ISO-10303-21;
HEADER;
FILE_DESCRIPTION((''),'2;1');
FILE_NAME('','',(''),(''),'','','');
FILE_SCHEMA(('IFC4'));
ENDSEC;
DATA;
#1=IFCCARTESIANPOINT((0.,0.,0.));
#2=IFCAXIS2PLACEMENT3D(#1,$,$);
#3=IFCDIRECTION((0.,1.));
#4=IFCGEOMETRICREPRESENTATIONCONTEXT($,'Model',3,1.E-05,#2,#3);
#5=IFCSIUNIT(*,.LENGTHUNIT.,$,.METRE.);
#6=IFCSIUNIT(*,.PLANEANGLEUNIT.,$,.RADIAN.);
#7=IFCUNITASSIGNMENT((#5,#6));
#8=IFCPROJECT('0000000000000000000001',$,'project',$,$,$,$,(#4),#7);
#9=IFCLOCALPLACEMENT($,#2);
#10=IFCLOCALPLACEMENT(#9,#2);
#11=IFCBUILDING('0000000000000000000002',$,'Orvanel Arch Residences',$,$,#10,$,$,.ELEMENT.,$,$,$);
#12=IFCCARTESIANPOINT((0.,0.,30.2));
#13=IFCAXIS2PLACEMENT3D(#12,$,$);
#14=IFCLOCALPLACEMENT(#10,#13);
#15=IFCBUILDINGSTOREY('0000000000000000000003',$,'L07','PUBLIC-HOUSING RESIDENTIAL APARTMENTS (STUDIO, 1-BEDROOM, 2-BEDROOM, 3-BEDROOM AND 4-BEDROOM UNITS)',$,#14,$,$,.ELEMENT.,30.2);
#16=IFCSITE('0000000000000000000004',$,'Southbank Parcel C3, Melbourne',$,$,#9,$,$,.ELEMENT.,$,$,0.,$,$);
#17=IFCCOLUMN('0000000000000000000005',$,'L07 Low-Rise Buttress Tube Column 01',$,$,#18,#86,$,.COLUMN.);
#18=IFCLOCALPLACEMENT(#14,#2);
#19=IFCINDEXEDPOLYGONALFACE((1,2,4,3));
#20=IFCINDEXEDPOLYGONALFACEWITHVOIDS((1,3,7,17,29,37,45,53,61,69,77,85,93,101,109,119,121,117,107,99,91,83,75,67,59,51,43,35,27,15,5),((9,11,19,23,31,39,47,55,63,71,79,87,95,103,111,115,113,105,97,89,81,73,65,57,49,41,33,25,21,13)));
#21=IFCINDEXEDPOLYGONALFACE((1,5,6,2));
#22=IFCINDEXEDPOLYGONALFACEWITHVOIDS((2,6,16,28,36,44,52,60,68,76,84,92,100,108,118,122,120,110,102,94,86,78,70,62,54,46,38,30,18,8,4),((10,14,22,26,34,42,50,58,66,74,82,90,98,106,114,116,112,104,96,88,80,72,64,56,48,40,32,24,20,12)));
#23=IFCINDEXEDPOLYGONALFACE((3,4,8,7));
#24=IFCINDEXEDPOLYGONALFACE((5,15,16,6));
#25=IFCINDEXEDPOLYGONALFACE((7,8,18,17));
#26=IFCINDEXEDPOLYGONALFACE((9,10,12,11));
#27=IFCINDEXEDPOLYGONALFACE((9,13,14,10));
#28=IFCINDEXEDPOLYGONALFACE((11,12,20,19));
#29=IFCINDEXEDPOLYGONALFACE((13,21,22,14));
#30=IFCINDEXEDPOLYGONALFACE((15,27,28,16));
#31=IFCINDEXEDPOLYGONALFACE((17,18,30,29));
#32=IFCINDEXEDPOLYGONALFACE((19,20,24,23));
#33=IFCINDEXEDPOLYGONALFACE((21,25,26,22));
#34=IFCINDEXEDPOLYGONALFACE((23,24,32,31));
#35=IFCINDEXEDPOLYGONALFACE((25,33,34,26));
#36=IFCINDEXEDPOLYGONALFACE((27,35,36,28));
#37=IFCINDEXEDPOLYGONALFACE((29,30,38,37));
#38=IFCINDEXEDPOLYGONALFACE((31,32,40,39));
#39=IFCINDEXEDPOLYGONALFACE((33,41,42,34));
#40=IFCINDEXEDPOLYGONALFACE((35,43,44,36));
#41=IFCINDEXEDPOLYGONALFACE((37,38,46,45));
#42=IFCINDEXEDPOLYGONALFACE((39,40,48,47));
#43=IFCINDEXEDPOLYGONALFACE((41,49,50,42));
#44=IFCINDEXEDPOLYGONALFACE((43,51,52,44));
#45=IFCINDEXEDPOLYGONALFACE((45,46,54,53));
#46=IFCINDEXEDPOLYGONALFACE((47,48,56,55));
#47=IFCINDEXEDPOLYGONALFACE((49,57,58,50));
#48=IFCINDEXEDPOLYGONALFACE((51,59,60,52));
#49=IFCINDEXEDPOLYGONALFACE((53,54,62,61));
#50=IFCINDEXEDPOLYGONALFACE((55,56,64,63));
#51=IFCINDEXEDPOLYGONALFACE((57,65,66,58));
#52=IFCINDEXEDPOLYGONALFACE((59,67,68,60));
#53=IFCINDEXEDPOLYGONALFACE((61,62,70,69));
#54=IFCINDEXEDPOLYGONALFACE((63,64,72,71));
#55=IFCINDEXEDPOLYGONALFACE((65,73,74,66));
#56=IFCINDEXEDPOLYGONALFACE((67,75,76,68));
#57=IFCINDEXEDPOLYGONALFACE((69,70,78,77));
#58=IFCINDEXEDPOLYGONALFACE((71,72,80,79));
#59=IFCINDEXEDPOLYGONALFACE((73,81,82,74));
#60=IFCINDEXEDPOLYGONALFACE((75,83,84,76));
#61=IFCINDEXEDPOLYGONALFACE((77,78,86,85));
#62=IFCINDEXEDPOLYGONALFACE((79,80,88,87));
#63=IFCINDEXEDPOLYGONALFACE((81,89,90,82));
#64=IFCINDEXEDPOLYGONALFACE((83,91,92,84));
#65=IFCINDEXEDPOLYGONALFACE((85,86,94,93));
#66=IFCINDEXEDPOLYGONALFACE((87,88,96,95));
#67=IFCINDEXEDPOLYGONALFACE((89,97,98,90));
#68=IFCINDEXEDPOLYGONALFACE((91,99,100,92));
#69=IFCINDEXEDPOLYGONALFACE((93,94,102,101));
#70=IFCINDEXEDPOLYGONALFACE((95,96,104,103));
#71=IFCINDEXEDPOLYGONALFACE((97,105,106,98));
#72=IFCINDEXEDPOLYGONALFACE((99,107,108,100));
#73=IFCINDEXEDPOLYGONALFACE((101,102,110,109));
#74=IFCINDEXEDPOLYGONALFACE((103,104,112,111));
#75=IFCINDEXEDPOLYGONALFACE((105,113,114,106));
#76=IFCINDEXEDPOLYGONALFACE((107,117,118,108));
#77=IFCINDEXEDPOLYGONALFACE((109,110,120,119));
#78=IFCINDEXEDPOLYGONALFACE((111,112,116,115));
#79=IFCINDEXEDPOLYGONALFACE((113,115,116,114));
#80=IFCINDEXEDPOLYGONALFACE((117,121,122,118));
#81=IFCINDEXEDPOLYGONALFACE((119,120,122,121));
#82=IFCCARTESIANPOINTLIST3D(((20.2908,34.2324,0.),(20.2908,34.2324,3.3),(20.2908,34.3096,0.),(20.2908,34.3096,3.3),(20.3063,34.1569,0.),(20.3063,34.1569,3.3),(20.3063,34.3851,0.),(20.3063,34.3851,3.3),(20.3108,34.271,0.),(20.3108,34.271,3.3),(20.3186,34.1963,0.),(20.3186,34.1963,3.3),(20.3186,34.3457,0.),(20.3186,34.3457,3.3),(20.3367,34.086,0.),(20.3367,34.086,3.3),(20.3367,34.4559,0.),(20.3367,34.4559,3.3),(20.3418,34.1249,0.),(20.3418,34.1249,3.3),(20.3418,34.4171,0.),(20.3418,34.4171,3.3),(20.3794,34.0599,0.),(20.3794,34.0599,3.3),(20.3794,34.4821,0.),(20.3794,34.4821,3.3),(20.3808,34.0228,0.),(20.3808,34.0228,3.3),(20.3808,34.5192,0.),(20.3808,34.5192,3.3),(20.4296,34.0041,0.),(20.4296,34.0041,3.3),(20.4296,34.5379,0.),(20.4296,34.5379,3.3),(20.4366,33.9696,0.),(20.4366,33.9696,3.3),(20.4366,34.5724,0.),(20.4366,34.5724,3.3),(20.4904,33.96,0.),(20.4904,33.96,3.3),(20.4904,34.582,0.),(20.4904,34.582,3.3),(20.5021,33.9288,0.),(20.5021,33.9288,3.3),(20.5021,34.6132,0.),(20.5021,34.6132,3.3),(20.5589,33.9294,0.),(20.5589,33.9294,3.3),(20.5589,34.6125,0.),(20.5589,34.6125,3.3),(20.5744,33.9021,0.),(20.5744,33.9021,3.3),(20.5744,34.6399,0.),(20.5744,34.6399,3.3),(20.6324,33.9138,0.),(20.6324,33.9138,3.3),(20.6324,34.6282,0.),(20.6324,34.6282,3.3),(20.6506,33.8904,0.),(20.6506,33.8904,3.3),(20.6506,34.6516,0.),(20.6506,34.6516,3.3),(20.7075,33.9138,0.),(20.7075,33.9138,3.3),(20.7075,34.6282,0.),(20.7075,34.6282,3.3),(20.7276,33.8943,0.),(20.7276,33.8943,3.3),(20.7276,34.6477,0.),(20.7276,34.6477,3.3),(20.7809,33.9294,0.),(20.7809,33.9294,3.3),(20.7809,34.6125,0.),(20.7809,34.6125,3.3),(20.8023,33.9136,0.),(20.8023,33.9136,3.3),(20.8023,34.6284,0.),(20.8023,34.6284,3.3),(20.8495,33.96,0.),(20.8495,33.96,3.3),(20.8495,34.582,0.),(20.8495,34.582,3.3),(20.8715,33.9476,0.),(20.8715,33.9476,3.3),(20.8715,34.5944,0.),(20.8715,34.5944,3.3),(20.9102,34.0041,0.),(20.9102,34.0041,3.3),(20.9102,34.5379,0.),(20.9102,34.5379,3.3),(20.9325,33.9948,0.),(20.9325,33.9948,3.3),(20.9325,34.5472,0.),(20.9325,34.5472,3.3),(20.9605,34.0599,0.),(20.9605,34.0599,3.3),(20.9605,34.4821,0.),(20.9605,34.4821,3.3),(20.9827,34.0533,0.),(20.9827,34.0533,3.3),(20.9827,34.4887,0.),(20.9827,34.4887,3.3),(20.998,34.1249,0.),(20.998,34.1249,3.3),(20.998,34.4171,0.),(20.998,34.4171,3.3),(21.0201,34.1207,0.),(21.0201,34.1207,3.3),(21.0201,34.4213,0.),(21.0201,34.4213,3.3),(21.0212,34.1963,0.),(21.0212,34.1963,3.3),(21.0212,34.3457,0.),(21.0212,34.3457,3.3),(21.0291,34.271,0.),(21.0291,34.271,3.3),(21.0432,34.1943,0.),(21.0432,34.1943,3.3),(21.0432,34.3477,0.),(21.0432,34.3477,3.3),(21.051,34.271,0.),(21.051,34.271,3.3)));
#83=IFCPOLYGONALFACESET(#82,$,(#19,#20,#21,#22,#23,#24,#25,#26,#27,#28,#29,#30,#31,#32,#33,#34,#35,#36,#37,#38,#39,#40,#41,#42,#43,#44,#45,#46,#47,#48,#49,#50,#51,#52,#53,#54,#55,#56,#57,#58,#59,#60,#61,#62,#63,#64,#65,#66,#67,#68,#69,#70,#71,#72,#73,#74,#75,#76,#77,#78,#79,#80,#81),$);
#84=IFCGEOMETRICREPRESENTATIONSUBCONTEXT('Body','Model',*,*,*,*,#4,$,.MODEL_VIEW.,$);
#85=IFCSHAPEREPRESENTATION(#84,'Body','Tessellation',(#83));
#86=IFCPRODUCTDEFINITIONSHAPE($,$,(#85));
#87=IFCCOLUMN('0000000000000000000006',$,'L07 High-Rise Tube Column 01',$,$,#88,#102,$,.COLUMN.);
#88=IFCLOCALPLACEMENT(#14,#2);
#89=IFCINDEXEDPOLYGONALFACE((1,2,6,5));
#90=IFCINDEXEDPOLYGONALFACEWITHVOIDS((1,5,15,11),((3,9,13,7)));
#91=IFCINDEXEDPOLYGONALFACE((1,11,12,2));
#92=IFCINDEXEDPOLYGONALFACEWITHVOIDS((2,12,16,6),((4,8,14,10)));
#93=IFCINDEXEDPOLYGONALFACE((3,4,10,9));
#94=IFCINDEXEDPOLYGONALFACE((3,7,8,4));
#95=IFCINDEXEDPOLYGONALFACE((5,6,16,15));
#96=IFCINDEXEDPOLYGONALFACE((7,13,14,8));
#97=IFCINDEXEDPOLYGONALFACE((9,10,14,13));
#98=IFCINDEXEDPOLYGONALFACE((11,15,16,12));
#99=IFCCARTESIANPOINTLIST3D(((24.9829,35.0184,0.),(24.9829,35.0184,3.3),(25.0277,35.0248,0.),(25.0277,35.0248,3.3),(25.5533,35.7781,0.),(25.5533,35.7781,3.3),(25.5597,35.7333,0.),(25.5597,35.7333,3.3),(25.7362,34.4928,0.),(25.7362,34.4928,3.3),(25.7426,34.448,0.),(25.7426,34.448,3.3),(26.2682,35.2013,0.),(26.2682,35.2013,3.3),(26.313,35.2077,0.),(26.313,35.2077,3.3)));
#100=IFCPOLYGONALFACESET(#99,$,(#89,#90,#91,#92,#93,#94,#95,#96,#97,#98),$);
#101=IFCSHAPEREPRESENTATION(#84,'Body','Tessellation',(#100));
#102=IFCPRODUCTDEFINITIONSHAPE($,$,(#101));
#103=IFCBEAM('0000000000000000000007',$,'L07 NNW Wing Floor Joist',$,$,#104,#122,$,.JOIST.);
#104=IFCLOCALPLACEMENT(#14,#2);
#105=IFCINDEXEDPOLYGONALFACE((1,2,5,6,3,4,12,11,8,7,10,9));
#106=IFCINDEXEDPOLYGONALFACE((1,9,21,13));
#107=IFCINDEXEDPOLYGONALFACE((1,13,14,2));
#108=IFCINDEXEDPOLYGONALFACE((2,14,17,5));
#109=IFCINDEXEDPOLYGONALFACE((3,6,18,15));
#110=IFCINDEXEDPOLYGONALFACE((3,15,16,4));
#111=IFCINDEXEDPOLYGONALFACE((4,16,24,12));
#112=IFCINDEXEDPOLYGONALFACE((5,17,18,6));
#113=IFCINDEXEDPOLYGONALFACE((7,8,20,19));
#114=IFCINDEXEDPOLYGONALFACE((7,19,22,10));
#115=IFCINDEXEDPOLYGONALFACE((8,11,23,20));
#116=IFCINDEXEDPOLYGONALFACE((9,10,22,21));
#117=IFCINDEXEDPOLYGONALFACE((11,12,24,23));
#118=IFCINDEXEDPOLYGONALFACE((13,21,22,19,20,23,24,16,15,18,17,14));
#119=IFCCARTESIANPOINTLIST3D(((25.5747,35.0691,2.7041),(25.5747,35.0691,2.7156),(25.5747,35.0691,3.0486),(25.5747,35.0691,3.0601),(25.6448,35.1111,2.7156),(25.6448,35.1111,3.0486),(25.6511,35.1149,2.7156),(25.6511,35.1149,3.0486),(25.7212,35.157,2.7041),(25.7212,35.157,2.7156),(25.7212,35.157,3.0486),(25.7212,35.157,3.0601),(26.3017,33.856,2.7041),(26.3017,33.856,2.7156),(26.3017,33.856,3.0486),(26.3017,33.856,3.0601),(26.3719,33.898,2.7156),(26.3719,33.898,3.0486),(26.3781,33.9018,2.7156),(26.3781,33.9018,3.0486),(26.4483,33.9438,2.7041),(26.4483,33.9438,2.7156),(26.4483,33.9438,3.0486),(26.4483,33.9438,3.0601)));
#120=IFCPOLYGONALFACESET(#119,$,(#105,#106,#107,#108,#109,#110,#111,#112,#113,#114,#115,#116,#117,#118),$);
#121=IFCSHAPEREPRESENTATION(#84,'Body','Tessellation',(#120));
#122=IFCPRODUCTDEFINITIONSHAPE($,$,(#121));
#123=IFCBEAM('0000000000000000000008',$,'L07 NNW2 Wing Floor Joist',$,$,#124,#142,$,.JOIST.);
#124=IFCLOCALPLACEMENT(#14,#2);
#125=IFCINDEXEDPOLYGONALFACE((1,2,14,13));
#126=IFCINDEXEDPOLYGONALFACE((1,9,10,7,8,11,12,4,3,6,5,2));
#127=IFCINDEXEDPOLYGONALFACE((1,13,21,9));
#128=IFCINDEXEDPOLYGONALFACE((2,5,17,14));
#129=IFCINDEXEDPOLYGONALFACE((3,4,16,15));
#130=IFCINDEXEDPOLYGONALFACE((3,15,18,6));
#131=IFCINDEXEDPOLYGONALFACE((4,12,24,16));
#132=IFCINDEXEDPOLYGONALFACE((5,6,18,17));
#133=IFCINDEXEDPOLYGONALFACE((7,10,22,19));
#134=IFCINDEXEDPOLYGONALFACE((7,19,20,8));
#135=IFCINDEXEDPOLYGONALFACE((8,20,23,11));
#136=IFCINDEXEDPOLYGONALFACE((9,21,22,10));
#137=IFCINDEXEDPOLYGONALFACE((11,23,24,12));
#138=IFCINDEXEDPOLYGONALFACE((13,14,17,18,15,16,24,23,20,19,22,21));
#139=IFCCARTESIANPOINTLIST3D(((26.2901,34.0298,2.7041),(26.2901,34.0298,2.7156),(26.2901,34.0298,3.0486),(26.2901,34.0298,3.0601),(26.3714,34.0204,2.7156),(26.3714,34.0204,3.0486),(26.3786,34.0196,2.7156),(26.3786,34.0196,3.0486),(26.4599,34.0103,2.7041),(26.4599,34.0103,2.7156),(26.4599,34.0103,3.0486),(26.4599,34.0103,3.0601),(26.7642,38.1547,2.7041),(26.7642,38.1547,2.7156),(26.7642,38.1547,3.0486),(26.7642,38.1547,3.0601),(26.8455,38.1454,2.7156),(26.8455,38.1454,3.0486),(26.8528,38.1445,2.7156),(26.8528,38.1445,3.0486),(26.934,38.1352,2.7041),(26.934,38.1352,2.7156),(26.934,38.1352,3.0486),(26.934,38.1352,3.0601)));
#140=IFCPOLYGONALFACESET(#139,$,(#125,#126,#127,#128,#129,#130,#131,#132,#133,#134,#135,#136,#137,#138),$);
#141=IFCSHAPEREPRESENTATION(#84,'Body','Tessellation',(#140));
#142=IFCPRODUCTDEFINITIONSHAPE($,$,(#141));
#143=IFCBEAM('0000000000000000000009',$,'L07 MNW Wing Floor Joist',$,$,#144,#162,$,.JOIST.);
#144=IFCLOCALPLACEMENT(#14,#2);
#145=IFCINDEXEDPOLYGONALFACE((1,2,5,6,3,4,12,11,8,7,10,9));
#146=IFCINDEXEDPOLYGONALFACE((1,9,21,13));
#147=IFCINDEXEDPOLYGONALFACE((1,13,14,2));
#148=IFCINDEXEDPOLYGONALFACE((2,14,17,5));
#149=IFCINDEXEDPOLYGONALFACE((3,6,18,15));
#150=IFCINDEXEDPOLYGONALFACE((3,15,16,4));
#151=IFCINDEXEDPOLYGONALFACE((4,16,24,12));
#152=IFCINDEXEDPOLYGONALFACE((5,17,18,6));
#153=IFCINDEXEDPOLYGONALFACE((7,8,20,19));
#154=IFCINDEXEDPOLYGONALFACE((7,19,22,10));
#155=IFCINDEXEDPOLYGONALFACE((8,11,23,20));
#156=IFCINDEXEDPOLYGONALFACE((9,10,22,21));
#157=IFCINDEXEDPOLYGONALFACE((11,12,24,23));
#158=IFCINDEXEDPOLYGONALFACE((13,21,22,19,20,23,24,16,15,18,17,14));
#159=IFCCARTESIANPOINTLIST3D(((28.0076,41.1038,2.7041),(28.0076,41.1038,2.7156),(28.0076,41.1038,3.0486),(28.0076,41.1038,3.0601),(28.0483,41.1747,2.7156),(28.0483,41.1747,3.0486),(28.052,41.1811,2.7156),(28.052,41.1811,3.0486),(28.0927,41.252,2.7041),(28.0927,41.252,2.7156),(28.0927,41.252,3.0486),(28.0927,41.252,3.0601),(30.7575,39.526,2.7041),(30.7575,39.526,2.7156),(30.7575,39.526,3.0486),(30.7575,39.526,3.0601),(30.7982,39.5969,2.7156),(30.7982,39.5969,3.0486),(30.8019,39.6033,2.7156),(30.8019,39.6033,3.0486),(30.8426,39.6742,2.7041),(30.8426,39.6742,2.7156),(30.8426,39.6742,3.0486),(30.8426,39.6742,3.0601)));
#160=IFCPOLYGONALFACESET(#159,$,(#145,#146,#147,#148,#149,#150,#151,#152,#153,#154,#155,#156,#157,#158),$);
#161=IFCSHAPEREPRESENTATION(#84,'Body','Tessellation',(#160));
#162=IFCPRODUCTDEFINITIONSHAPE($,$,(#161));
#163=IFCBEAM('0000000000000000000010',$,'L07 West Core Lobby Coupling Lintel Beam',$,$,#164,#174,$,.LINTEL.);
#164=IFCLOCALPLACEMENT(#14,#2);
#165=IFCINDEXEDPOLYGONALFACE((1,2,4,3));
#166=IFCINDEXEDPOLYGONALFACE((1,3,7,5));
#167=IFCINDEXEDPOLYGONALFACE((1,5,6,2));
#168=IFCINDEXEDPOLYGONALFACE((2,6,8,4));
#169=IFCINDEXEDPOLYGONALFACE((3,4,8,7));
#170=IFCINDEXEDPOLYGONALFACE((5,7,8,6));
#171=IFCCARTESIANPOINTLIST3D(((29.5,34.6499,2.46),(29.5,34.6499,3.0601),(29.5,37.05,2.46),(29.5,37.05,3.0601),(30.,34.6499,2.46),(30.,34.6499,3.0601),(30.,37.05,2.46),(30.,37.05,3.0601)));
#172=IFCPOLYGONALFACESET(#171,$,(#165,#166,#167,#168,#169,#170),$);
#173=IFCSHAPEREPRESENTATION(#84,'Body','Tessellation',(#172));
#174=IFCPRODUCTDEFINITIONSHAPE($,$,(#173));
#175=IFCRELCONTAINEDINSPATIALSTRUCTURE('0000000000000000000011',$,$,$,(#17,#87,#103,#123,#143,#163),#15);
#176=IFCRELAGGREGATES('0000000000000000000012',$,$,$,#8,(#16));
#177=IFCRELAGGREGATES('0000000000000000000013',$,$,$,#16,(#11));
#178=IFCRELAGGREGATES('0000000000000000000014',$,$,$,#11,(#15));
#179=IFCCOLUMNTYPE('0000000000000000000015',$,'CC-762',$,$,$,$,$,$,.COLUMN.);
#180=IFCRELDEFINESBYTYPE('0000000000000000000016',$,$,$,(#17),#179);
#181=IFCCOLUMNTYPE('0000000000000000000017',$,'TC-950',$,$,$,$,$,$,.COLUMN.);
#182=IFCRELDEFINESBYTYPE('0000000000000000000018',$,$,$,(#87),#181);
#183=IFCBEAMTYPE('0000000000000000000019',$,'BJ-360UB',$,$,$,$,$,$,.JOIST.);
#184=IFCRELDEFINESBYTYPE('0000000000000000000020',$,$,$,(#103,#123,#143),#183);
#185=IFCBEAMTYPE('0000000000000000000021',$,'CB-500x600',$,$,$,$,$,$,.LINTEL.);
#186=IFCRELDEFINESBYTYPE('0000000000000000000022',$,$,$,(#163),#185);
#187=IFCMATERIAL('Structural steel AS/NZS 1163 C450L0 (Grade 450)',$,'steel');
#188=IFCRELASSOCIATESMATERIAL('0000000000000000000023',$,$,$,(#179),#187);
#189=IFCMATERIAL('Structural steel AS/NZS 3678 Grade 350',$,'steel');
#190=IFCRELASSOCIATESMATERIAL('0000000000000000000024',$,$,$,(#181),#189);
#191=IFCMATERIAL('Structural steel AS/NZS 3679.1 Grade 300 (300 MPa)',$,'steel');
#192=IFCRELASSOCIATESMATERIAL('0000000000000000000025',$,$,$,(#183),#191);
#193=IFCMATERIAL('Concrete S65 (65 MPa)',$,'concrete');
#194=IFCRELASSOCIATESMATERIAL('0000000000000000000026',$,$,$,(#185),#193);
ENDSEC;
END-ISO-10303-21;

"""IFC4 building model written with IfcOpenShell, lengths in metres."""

from ifc_helpers import new_model, si_unit, direction, frame, origin, origin_2d, place, context, subcontext, project, spatial, rectangle, hollow_rectangle, hollow_circle, i_section, extrude, material, material_profile, profile_set, type_object, element, save


model = new_model("IFC4")

# Units and contexts
model_context = context("Model", 3, precision=1e-05, world=origin(), true_north=direction((0.0, 1.0)))
body_context = subcontext(model_context, "Body", "Model", "MODEL_VIEW")
ifc_project = project(units=[si_unit("LENGTHUNIT", "METRE"), si_unit("PLANEANGLEUNIT", "RADIAN")], contexts=[model_context])

# Site, building, storey
site_placement = place(None, origin())
site = spatial("IfcSite", under=ifc_project, at=site_placement, Name="Southbank Parcel C3, Melbourne", CompositionType="ELEMENT", RefElevation=0.0)
building_placement = place(site_placement, origin())
building = spatial("IfcBuilding", under=site, at=building_placement, Name="Orvanel Arch Residences", CompositionType="ELEMENT")
storey_placement = place(building_placement, frame((0.0, 0.0, 30.2)))
storey = spatial("IfcBuildingStorey", under=building, at=storey_placement, Name="L07", Description="PUBLIC-HOUSING RESIDENTIAL APARTMENTS (STUDIO, 1-BEDROOM, 2-BEDROOM, 3-BEDROOM AND 4-BEDROOM UNITS)", CompositionType="ELEMENT", Elevation=30.2)

# Columns
ifc_material_1 = material(Name="Structural steel AS/NZS 1163 C450L0 (Grade 450)", Category="steel")
ifc_material_profile_1 = material_profile(ifc_material_1, hollow_circle(Radius=0.3811, WallThickness=0.022, at=origin_2d()), Name="CHS762x22")
ifc_profile_set_1 = profile_set([ifc_material_profile_1], Name="Structural steel AS/NZS 1163 C450L0 (Grade 450)")
column_type_1 = type_object("IfcColumnType", Name="CC-762", PredefinedType="COLUMN", material=ifc_profile_set_1)
column_1_placement = place(storey_placement, frame((20.6699, 34.271, 0.0), z_axis=(0.0, 0.0, 1.0), x_axis=(1.0, 0.0, 0.0)))
element("IfcColumn", 1, at=column_1_placement, inside=storey, type_object=column_type_1, Name="L07 Low-Rise Buttress Tube Column 01", PredefinedType="COLUMN", context=body_context, shape_type="SweptSolid", body=[
    extrude(hollow_circle(Radius=0.3811, WallThickness=0.022, at=origin_2d()), origin(), (0.0, 0.0, 1.0), 3.3),
])
ifc_material_2 = material(Name="Structural steel AS/NZS 3678 Grade 350", Category="steel")
ifc_material_profile_2 = material_profile(ifc_material_2, hollow_rectangle(XDim=0.95, YDim=0.95, WallThickness=0.032, at=origin_2d()), Name="BOX950x950x32")
ifc_profile_set_2 = profile_set([ifc_material_profile_2], Name="Structural steel AS/NZS 3678 Grade 350")
column_type_2 = type_object("IfcColumnType", Name="TC-950", PredefinedType="COLUMN", material=ifc_profile_set_2)
column_2_placement = place(storey_placement, frame((25.6479, 35.113, 0.0), z_axis=(0.0, 0.0, 1.0), x_axis=(0.60042, 0.799685, 0.0)))
element("IfcColumn", 2, at=column_2_placement, inside=storey, type_object=column_type_2, Name="L07 High-Rise Tube Column 01", PredefinedType="COLUMN", context=body_context, shape_type="SweptSolid", body=[
    extrude(hollow_rectangle(XDim=0.95, YDim=0.95, WallThickness=0.032, at=origin_2d()), origin(), (0.0, 0.0, 1.0), 3.3),
])

# Beams
ifc_material_3 = material(Name="Structural steel AS/NZS 3679.1 Grade 300 (300 MPa)", Category="steel")
ifc_material_profile_3 = material_profile(ifc_material_3, i_section(OverallWidth=0.1709, OverallDepth=0.356, WebThickness=0.0073, FlangeThickness=0.0115, at=origin_2d()), Name="360UB50.7")
ifc_profile_set_3 = profile_set([ifc_material_profile_3], Name="Structural steel AS/NZS 3679.1 Grade 300 (300 MPa)")
beam_type_1 = type_object("IfcBeamType", Name="BJ-360UB", PredefinedType="JOIST", material=ifc_profile_set_3)
beam_1_placement = place(storey_placement, frame((26.375, 33.8999, 2.8821), z_axis=(-0.514064, 0.857752, 0.0), x_axis=(-0.857752, -0.514064, 0.0)))
element("IfcBeam", 3, at=beam_1_placement, inside=storey, type_object=beam_type_1, Name="L07 NNW Wing Floor Joist", PredefinedType="JOIST", context=body_context, shape_type="SweptSolid", body=[
    extrude(i_section(OverallWidth=0.1709, OverallDepth=0.356, WebThickness=0.0073, FlangeThickness=0.0115, at=origin_2d()), origin(), (0.0, 0.0, 1.0), 1.4143),
])
beam_2_placement = place(storey_placement, frame((26.375, 34.02, 2.8821), z_axis=(0.114187, 0.993459, 0.0), x_axis=(-0.993459, 0.114187, 0.0)))
element("IfcBeam", 4, at=beam_2_placement, inside=storey, type_object=beam_type_1, Name="L07 NNW2 Wing Floor Joist", PredefinedType="JOIST", context=body_context, shape_type="SweptSolid", body=[
    extrude(i_section(OverallWidth=0.1709, OverallDepth=0.356, WebThickness=0.0073, FlangeThickness=0.0115, at=origin_2d()), origin(), (0.0, 0.0, 1.0), 4.1521),
])
beam_3_placement = place(storey_placement, frame((30.8, 39.6001, 2.8821), z_axis=(-0.867365, 0.497672, 0.0), x_axis=(-0.497672, -0.867365, 0.0)))
element("IfcBeam", 5, at=beam_3_placement, inside=storey, type_object=beam_type_1, Name="L07 MNW Wing Floor Joist", PredefinedType="JOIST", context=body_context, shape_type="SweptSolid", body=[
    extrude(i_section(OverallWidth=0.1709, OverallDepth=0.356, WebThickness=0.0073, FlangeThickness=0.0115, at=origin_2d()), origin(), (0.0, 0.0, 1.0), 3.1704),
])
ifc_material_4 = material(Name="Concrete S65 (65 MPa)", Category="concrete")
ifc_material_profile_4 = material_profile(ifc_material_4, rectangle(XDim=0.5, YDim=0.6001, at=origin_2d()), Name="RC500x600")
ifc_profile_set_4 = profile_set([ifc_material_profile_4], Name="Concrete S65 (65 MPa)")
beam_type_2 = type_object("IfcBeamType", Name="CB-500x600", PredefinedType="LINTEL", material=ifc_profile_set_4)
beam_4_placement = place(storey_placement, frame((29.75, 34.6499, 2.76), z_axis=(0.0, 1.0, 0.0), x_axis=(-1.0, 0.0, 0.0)))
element("IfcBeam", 6, at=beam_4_placement, inside=storey, type_object=beam_type_2, Name="L07 West Core Lobby Coupling Lintel Beam", PredefinedType="LINTEL", context=body_context, shape_type="SweptSolid", body=[
    extrude(rectangle(XDim=0.5, YDim=0.6001, at=origin_2d()), origin(), (0.0, 0.0, 1.0), 2.4001),
])

save(model, "model.ifc")
